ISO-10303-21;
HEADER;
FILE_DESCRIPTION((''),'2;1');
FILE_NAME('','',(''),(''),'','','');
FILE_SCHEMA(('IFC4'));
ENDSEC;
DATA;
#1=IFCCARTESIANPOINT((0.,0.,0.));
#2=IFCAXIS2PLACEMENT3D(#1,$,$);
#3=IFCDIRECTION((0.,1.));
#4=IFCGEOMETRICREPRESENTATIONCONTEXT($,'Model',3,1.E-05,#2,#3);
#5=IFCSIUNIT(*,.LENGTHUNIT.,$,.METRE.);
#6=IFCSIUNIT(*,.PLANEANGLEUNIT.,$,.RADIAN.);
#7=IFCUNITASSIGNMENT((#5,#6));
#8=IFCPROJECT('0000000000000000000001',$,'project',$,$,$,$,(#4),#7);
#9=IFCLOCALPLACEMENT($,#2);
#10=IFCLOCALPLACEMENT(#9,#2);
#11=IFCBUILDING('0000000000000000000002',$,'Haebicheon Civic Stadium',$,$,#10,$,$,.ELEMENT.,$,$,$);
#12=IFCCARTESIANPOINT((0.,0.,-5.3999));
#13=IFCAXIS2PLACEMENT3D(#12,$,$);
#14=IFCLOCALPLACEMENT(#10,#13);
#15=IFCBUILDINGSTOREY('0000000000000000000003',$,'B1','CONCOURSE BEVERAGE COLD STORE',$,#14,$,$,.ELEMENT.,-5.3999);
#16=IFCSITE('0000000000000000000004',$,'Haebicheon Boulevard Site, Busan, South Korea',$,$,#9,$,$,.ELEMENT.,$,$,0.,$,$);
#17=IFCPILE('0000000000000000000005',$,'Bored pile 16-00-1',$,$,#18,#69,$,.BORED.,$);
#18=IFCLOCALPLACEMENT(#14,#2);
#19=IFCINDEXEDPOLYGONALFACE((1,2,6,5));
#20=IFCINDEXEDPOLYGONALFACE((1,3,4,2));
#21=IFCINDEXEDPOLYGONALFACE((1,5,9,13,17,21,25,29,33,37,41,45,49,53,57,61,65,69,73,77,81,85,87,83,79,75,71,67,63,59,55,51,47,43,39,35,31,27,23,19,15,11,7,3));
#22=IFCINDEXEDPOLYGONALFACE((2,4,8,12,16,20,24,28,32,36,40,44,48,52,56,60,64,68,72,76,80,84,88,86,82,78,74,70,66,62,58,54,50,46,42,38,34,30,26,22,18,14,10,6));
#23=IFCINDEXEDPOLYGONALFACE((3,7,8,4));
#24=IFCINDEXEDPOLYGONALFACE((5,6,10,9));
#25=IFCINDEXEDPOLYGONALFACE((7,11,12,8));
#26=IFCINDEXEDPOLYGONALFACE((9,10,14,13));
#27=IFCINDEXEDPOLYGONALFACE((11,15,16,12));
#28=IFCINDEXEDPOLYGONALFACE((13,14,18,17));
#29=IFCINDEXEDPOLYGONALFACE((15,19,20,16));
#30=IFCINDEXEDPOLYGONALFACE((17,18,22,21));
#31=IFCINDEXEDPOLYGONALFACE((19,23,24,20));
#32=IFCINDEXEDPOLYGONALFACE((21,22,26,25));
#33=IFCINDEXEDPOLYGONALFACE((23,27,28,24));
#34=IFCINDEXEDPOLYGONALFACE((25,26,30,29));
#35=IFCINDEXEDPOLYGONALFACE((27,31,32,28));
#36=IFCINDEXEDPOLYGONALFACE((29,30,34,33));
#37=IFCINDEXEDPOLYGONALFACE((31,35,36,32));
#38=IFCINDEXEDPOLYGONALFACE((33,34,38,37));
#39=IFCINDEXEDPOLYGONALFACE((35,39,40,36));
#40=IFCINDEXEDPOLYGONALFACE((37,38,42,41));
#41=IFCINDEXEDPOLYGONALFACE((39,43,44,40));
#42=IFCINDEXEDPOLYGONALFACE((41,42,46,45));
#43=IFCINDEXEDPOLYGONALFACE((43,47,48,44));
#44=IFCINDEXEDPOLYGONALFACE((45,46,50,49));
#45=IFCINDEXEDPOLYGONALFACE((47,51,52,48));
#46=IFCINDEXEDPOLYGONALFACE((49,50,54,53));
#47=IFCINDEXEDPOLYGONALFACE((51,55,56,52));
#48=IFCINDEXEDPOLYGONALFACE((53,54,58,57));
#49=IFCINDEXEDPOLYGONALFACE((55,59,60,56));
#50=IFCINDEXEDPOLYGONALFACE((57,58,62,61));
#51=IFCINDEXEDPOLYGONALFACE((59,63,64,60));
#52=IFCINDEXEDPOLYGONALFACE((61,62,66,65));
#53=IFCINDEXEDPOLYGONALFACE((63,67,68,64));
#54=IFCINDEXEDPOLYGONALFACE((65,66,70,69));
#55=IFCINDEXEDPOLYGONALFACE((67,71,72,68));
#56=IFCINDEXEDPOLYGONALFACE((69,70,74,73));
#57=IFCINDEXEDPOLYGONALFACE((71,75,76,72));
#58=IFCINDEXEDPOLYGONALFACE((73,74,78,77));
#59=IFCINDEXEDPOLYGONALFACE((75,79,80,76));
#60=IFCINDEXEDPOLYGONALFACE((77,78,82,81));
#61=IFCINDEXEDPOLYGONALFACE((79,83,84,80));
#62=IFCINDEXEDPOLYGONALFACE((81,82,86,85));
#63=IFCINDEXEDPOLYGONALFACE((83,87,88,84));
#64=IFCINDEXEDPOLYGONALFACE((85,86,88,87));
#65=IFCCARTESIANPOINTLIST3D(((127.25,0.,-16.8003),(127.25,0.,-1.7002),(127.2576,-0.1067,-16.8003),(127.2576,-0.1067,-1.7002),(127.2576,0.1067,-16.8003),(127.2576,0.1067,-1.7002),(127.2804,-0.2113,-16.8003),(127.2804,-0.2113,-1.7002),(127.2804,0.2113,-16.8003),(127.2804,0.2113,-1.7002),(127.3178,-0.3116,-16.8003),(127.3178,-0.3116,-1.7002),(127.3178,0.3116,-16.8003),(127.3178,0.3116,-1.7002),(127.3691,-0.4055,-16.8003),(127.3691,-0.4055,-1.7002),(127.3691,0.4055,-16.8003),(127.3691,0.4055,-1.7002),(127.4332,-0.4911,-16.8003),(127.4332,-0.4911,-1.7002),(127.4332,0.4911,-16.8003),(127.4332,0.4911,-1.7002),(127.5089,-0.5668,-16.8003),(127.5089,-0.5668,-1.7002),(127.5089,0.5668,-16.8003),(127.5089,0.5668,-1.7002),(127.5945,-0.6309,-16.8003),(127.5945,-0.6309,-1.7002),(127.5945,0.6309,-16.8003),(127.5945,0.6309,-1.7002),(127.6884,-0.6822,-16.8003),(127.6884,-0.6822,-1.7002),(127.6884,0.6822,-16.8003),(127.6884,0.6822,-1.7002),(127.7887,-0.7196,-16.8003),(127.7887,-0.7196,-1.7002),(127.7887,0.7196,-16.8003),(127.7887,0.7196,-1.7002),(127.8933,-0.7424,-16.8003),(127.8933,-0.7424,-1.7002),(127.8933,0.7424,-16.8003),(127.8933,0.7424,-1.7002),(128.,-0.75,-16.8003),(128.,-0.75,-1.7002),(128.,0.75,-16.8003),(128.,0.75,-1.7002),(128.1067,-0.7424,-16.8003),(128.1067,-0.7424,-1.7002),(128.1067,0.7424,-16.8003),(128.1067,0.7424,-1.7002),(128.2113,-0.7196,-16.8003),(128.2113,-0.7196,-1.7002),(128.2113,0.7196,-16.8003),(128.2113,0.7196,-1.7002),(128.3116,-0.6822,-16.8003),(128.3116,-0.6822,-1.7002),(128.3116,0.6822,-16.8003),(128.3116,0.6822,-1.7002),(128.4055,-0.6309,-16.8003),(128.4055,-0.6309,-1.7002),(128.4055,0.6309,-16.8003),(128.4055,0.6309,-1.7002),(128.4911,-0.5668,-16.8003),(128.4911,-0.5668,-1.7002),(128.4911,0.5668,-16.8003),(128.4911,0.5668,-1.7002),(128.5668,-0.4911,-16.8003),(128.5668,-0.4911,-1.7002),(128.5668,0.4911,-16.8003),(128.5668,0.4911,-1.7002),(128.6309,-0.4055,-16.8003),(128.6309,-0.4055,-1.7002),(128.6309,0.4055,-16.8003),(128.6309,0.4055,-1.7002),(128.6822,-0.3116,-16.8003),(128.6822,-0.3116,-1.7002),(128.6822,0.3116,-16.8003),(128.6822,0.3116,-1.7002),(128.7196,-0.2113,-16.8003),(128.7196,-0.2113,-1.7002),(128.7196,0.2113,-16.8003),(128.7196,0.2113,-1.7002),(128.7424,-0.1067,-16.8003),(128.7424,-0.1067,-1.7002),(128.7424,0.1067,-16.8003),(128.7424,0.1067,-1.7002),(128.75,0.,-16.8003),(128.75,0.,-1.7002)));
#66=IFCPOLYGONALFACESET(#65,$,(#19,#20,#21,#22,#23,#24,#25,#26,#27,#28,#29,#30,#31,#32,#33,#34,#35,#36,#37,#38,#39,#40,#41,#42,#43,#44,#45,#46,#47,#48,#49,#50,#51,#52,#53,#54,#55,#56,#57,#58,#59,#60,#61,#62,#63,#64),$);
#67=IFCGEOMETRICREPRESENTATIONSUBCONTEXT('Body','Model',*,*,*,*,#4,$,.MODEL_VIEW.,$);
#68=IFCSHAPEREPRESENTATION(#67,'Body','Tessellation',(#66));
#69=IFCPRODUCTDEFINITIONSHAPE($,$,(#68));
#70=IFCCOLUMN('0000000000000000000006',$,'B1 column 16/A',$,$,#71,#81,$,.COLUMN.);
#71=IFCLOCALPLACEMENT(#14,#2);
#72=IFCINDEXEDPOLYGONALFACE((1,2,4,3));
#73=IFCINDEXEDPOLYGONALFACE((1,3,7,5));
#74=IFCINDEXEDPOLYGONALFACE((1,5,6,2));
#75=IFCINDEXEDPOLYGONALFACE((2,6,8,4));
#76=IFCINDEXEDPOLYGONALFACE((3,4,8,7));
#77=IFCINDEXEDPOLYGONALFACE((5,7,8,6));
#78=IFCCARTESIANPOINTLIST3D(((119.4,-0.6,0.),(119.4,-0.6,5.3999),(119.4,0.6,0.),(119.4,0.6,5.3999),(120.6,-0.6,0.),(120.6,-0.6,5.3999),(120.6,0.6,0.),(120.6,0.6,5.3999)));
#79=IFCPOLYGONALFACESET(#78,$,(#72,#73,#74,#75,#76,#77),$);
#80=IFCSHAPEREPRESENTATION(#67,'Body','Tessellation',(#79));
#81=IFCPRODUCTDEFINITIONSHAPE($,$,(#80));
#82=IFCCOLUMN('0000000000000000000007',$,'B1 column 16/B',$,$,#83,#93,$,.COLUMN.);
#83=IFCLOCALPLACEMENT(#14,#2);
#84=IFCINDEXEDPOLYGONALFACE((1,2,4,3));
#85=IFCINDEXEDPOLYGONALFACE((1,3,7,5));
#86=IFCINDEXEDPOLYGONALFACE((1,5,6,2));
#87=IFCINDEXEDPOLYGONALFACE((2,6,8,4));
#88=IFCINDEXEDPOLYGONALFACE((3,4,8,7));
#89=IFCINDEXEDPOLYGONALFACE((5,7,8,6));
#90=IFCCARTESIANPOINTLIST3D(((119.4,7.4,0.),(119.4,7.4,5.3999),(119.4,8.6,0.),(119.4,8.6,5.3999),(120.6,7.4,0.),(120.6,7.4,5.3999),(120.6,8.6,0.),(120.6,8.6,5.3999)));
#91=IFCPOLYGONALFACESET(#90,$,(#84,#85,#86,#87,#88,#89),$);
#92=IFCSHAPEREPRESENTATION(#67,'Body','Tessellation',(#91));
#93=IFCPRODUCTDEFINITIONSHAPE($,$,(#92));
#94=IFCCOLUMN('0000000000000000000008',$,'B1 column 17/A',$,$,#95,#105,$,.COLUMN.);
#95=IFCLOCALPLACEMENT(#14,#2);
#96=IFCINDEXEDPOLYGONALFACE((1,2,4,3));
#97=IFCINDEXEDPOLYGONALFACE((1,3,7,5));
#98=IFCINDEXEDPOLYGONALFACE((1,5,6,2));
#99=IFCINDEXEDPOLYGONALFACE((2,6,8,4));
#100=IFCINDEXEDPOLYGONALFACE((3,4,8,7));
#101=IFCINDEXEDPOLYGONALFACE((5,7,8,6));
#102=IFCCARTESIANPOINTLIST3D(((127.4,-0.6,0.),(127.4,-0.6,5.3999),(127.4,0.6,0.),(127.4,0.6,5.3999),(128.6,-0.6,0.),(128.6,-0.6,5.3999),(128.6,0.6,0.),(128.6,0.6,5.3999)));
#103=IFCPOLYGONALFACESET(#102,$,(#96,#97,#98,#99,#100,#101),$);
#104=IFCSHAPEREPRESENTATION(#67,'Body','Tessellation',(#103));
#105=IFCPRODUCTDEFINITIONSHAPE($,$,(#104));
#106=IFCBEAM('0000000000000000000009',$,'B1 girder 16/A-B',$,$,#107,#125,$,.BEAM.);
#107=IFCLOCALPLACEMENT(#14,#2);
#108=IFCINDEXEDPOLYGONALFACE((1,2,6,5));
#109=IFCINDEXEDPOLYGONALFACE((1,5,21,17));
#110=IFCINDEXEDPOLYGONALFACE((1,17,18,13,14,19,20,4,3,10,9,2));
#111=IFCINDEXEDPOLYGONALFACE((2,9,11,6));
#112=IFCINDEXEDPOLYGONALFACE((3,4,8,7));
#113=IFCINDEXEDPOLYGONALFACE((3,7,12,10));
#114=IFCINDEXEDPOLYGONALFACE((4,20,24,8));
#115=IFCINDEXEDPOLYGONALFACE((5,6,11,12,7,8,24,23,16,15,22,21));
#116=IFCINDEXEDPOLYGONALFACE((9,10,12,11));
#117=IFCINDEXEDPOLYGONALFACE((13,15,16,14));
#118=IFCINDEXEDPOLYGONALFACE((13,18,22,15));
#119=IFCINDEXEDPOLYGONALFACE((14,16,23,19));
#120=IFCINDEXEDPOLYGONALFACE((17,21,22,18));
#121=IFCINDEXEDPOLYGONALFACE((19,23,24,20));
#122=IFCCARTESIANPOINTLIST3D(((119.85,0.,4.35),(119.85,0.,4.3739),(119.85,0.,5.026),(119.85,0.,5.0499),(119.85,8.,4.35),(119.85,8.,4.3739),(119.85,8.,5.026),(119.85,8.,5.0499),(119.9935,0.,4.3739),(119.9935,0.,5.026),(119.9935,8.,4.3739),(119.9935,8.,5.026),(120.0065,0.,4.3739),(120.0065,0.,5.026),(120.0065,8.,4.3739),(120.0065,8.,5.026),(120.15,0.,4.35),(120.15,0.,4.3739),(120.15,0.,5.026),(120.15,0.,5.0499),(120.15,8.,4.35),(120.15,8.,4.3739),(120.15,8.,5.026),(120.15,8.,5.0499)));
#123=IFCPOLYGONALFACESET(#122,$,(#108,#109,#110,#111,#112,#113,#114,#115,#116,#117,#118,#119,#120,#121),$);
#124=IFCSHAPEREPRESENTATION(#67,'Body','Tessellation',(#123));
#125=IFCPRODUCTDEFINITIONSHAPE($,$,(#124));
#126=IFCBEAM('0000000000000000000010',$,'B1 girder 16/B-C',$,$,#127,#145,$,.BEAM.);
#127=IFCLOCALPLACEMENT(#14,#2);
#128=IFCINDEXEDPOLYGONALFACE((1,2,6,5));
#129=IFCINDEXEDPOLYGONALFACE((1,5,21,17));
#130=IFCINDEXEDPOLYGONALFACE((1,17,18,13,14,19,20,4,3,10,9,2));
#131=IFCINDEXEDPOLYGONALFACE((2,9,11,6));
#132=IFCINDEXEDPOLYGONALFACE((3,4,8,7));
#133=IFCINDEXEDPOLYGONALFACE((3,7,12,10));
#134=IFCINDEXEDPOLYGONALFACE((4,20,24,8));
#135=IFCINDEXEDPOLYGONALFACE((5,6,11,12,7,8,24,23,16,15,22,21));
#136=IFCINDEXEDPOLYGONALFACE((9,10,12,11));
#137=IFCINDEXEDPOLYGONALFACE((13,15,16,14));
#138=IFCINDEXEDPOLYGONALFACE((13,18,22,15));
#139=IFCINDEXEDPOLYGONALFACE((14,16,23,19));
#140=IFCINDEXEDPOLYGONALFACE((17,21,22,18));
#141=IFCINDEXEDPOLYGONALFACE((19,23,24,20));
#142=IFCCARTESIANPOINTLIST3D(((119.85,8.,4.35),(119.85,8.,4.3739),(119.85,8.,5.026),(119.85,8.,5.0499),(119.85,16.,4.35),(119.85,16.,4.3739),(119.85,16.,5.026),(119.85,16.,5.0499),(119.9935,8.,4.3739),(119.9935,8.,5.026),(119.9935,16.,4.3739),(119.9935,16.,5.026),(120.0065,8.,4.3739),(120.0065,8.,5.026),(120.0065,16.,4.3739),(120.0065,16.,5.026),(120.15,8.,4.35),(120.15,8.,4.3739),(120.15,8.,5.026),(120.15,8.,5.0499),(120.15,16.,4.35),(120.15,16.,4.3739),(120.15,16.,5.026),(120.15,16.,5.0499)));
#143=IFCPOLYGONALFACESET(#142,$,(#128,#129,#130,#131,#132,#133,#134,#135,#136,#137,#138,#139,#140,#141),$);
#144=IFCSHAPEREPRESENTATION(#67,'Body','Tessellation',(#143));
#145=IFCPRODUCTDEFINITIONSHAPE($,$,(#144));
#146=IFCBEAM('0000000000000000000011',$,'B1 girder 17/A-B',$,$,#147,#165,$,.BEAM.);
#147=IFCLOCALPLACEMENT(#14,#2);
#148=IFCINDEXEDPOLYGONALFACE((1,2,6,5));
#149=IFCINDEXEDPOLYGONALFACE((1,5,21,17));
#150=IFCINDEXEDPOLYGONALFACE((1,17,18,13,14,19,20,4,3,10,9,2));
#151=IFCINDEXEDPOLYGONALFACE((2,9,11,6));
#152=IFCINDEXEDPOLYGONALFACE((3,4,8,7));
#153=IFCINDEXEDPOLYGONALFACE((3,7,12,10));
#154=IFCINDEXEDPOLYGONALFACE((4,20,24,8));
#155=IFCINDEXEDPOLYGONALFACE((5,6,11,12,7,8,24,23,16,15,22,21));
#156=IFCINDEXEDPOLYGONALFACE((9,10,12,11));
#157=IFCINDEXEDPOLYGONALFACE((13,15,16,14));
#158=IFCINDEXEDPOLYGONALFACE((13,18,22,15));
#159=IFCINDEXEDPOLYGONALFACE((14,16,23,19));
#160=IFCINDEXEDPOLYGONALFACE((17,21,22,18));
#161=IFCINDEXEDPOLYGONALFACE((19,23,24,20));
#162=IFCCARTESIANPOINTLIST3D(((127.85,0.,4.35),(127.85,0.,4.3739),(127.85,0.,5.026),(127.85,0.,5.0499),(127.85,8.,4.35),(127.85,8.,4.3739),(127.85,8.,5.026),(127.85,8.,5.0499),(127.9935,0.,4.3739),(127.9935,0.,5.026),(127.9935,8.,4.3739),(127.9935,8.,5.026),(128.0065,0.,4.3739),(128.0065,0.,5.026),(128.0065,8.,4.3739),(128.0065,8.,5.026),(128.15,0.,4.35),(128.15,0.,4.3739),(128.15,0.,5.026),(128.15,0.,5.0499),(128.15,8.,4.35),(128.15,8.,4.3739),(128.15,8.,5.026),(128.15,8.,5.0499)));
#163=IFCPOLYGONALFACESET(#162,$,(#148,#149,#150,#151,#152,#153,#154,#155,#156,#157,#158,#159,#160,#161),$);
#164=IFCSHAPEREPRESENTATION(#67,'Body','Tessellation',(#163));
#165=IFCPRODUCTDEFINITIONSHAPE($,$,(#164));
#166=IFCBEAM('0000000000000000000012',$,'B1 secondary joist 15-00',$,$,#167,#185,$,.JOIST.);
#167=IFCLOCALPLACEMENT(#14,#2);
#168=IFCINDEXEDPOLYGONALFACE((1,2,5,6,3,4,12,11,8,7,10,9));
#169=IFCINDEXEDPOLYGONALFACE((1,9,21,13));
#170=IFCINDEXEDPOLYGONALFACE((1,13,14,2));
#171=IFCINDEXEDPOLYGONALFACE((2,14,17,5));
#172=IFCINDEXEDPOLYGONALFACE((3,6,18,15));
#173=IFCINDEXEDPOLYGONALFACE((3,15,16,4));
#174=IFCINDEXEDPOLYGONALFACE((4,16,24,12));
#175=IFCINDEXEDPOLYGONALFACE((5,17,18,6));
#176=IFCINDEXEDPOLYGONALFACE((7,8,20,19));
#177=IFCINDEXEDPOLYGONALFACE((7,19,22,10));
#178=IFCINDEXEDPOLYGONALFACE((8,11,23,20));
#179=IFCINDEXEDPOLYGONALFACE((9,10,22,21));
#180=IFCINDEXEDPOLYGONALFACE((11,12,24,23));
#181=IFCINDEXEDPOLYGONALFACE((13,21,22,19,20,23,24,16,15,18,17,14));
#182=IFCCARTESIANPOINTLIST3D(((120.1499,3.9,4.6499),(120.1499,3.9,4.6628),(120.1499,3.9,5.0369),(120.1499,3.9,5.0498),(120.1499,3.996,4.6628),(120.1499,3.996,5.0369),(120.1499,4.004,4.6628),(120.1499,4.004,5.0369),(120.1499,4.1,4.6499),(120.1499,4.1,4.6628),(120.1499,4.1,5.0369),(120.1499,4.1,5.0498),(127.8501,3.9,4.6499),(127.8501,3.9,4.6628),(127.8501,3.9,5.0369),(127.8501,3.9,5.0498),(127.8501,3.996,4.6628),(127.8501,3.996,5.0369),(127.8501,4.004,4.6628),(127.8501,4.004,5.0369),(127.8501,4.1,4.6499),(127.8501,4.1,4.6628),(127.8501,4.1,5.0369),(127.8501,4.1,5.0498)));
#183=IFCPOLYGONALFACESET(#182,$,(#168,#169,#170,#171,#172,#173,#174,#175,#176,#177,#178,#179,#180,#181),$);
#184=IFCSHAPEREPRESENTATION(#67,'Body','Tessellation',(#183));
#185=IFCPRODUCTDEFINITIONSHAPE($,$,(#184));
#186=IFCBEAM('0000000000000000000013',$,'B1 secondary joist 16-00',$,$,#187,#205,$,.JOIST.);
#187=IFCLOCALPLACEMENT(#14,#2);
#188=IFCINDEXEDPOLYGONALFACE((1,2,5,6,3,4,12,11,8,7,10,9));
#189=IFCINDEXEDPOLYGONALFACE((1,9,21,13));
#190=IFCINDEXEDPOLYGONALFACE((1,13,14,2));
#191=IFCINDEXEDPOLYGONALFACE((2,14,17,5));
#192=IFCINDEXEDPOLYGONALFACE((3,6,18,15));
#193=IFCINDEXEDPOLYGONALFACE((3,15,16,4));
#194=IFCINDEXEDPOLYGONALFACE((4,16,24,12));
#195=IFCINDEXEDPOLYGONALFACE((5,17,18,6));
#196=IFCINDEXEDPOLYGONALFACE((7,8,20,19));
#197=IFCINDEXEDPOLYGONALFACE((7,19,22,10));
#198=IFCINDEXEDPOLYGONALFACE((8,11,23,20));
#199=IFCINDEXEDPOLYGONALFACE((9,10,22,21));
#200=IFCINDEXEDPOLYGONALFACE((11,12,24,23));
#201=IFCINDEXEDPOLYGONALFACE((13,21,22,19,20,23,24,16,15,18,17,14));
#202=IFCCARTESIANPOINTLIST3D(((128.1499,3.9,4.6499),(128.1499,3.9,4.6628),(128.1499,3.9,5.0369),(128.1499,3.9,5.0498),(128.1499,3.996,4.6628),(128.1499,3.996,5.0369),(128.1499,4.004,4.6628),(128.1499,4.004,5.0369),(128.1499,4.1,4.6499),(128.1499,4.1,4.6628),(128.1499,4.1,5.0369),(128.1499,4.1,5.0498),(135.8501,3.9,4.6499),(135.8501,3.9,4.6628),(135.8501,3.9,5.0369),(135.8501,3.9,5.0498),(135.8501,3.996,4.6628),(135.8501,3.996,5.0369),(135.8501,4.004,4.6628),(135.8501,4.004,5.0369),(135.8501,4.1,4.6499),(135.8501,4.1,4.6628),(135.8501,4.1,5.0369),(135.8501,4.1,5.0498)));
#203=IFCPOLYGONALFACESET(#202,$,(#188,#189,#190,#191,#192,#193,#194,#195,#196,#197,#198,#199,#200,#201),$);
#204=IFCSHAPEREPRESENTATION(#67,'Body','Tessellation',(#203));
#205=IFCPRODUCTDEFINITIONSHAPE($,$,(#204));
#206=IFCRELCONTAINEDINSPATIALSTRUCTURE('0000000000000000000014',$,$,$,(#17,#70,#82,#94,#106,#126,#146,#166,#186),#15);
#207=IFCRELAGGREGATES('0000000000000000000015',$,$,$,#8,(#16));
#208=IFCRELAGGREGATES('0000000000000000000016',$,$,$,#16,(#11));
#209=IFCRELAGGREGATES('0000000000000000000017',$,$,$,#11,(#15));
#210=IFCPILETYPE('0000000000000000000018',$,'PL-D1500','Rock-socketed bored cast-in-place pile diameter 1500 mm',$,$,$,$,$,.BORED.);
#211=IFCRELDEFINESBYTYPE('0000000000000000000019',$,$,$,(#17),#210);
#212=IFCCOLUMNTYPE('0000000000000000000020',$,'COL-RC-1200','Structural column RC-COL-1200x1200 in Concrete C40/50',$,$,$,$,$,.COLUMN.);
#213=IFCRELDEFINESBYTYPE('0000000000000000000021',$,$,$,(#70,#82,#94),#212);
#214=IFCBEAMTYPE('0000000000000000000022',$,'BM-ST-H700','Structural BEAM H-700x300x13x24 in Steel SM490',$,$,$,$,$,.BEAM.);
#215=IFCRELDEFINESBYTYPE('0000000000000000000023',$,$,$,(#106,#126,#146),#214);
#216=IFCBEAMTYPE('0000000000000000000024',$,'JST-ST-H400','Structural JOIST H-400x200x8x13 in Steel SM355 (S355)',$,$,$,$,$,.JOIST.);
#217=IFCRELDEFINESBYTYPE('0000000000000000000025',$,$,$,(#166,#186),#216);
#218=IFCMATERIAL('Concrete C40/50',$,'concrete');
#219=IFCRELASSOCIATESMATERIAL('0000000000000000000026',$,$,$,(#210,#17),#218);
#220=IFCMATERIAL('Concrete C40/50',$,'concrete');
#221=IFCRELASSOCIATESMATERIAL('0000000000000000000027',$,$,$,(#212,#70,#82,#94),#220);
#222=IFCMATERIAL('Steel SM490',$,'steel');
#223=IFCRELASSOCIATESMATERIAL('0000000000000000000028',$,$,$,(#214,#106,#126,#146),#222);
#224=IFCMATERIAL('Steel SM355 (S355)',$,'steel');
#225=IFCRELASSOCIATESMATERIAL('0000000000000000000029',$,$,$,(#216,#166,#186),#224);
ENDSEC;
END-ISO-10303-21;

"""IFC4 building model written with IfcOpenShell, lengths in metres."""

from ifc_helpers import new_model, si_unit, direction, frame, origin, origin_2d, place, context, subcontext, project, spatial, rectangle, circle, i_section, extrude, material, material_profile, profile_set, type_object, element, save


model = new_model("IFC4")

# Units and contexts
model_context = context("Model", 3, precision=1e-05, world=origin(), true_north=direction((0.0, 1.0)))
body_context = subcontext(model_context, "Body", "Model", "MODEL_VIEW")
ifc_project = project(units=[si_unit("LENGTHUNIT", "METRE"), si_unit("PLANEANGLEUNIT", "RADIAN")], contexts=[model_context])

# Site, building, storey
site_placement = place(None, origin())
site = spatial("IfcSite", under=ifc_project, at=site_placement, Name="Haebicheon Boulevard Site, Busan, South Korea", CompositionType="ELEMENT", RefElevation=0.0)
building_placement = place(site_placement, origin())
building = spatial("IfcBuilding", under=site, at=building_placement, Name="Haebicheon Civic Stadium", CompositionType="ELEMENT")
storey_placement = place(building_placement, frame((0.0, 0.0, -5.3999)))
storey = spatial("IfcBuildingStorey", under=building, at=storey_placement, Name="B1", Description="CONCOURSE BEVERAGE COLD STORE", CompositionType="ELEMENT", Elevation=-5.3999)

# Pile
ifc_material_1 = material(Name="Concrete C40/50", Category="concrete")
ifc_material_profile_1 = material_profile(ifc_material_1, circle(Radius=0.75, at=origin_2d()), Name="PILE-D1500")
ifc_profile_set_1 = profile_set([ifc_material_profile_1], Name="Concrete C40/50")
pile_type_1 = type_object("IfcPileType", Name="PL-D1500", Description="Rock-socketed bored cast-in-place pile diameter 1500 mm", PredefinedType="BORED", material=ifc_profile_set_1)
for number, where, z_axis, x_axis, name in (
    (1, (128.0, 0.0, -1.7002), (0.0, 0.0, -1.0), (1.0, 0.0, 0.0), "Bored pile 16-00-1"),
):
    element("IfcPile", number, at=place(storey_placement, frame(where, z_axis=z_axis, x_axis=x_axis)), inside=storey, type_object=pile_type_1, material=ifc_profile_set_1, Name=name, PredefinedType="BORED", context=body_context, shape_type="SweptSolid", body=[
        extrude(circle(Radius=0.75, at=origin_2d()), origin(), (0.0, 0.0, 1.0), 15.1001),
    ])

# Columns
ifc_material_2 = material(Name="Concrete C40/50", Category="concrete")
ifc_material_profile_2 = material_profile(ifc_material_2, rectangle(XDim=1.2, YDim=1.2, at=origin_2d()), Name="RC-COL-1200x1200")
ifc_profile_set_2 = profile_set([ifc_material_profile_2], Name="Concrete C40/50")
column_type = type_object("IfcColumnType", Name="COL-RC-1200", Description="Structural column RC-COL-1200x1200 in Concrete C40/50", PredefinedType="COLUMN", material=ifc_profile_set_2)
for number, where, z_axis, x_axis, name in (
    (2, (120.0, 0.0, 0.0), (0.0, 0.0, 1.0), (1.0, 0.0, 0.0), "B1 column 16/A"),
    (3, (120.0, 8.0, 0.0), (0.0, 0.0, 1.0), (1.0, 0.0, 0.0), "B1 column 16/B"),
    (4, (128.0, 0.0, 0.0), (0.0, 0.0, 1.0), (1.0, 0.0, 0.0), "B1 column 17/A"),
):
    element("IfcColumn", number, at=place(storey_placement, frame(where, z_axis=z_axis, x_axis=x_axis)), inside=storey, type_object=column_type, material=ifc_profile_set_2, Name=name, PredefinedType="COLUMN", context=body_context, shape_type="SweptSolid", body=[
        extrude(rectangle(XDim=1.2, YDim=1.2, at=origin_2d()), origin(), (0.0, 0.0, 1.0), 5.3999),
    ])

# Beams
ifc_material_3 = material(Name="Steel SM490", Category="steel")
ifc_material_profile_3 = material_profile(ifc_material_3, i_section(OverallWidth=0.3, OverallDepth=0.7, WebThickness=0.0129, FlangeThickness=0.0239, at=origin_2d()), Name="H-700x300x13x24")
ifc_profile_set_3 = profile_set([ifc_material_profile_3], Name="Steel SM490")
beam_type_1 = type_object("IfcBeamType", Name="BM-ST-H700", Description="Structural BEAM H-700x300x13x24 in Steel SM490", PredefinedType="BEAM", material=ifc_profile_set_3)
for number, where, z_axis, x_axis, name in (
    (5, (120.0, 0.0, 4.7), (0.0, 1.0, 0.0), (-1.0, 0.0, 0.0), "B1 girder 16/A-B"),
    (6, (120.0, 8.0, 4.7), (0.0, 1.0, 0.0), (-1.0, 0.0, 0.0), "B1 girder 16/B-C"),
    (7, (128.0, 0.0, 4.7), (0.0, 1.0, 0.0), (-1.0, 0.0, 0.0), "B1 girder 17/A-B"),
):
    element("IfcBeam", number, at=place(storey_placement, frame(where, z_axis=z_axis, x_axis=x_axis)), inside=storey, type_object=beam_type_1, material=ifc_profile_set_3, Name=name, PredefinedType="BEAM", context=body_context, shape_type="SweptSolid", body=[
        extrude(i_section(OverallWidth=0.3, OverallDepth=0.7, WebThickness=0.0129, FlangeThickness=0.0239, at=origin_2d()), origin(), (0.0, 0.0, 1.0), 8.0),
    ])
ifc_material_4 = material(Name="Steel SM355 (S355)", Category="steel")
ifc_material_profile_4 = material_profile(ifc_material_4, i_section(OverallWidth=0.2, OverallDepth=0.3999, WebThickness=0.0081, FlangeThickness=0.0129, at=origin_2d()), Name="H-400x200x8x13")
ifc_profile_set_4 = profile_set([ifc_material_profile_4], Name="Steel SM355 (S355)")
beam_type_2 = type_object("IfcBeamType", Name="JST-ST-H400", Description="Structural JOIST H-400x200x8x13 in Steel SM355 (S355)", PredefinedType="JOIST", material=ifc_profile_set_4)
for number, where, z_axis, x_axis, name in (
    (8, (120.1499, 4.0, 4.8499), (1.0, 0.0, 0.0), (0.0, 1.0, 0.0), "B1 secondary joist 15-00"),
    (9, (128.1499, 4.0, 4.8499), (1.0, 0.0, 0.0), (0.0, 1.0, 0.0), "B1 secondary joist 16-00"),
):
    element("IfcBeam", number, at=place(storey_placement, frame(where, z_axis=z_axis, x_axis=x_axis)), inside=storey, type_object=beam_type_2, material=ifc_profile_set_4, Name=name, PredefinedType="JOIST", context=body_context, shape_type="SweptSolid", body=[
        extrude(i_section(OverallWidth=0.2, OverallDepth=0.3999, WebThickness=0.0081, FlangeThickness=0.0129, at=origin_2d()), origin(), (0.0, 0.0, 1.0), 7.7002),
    ])

save(model, "model.ifc")
